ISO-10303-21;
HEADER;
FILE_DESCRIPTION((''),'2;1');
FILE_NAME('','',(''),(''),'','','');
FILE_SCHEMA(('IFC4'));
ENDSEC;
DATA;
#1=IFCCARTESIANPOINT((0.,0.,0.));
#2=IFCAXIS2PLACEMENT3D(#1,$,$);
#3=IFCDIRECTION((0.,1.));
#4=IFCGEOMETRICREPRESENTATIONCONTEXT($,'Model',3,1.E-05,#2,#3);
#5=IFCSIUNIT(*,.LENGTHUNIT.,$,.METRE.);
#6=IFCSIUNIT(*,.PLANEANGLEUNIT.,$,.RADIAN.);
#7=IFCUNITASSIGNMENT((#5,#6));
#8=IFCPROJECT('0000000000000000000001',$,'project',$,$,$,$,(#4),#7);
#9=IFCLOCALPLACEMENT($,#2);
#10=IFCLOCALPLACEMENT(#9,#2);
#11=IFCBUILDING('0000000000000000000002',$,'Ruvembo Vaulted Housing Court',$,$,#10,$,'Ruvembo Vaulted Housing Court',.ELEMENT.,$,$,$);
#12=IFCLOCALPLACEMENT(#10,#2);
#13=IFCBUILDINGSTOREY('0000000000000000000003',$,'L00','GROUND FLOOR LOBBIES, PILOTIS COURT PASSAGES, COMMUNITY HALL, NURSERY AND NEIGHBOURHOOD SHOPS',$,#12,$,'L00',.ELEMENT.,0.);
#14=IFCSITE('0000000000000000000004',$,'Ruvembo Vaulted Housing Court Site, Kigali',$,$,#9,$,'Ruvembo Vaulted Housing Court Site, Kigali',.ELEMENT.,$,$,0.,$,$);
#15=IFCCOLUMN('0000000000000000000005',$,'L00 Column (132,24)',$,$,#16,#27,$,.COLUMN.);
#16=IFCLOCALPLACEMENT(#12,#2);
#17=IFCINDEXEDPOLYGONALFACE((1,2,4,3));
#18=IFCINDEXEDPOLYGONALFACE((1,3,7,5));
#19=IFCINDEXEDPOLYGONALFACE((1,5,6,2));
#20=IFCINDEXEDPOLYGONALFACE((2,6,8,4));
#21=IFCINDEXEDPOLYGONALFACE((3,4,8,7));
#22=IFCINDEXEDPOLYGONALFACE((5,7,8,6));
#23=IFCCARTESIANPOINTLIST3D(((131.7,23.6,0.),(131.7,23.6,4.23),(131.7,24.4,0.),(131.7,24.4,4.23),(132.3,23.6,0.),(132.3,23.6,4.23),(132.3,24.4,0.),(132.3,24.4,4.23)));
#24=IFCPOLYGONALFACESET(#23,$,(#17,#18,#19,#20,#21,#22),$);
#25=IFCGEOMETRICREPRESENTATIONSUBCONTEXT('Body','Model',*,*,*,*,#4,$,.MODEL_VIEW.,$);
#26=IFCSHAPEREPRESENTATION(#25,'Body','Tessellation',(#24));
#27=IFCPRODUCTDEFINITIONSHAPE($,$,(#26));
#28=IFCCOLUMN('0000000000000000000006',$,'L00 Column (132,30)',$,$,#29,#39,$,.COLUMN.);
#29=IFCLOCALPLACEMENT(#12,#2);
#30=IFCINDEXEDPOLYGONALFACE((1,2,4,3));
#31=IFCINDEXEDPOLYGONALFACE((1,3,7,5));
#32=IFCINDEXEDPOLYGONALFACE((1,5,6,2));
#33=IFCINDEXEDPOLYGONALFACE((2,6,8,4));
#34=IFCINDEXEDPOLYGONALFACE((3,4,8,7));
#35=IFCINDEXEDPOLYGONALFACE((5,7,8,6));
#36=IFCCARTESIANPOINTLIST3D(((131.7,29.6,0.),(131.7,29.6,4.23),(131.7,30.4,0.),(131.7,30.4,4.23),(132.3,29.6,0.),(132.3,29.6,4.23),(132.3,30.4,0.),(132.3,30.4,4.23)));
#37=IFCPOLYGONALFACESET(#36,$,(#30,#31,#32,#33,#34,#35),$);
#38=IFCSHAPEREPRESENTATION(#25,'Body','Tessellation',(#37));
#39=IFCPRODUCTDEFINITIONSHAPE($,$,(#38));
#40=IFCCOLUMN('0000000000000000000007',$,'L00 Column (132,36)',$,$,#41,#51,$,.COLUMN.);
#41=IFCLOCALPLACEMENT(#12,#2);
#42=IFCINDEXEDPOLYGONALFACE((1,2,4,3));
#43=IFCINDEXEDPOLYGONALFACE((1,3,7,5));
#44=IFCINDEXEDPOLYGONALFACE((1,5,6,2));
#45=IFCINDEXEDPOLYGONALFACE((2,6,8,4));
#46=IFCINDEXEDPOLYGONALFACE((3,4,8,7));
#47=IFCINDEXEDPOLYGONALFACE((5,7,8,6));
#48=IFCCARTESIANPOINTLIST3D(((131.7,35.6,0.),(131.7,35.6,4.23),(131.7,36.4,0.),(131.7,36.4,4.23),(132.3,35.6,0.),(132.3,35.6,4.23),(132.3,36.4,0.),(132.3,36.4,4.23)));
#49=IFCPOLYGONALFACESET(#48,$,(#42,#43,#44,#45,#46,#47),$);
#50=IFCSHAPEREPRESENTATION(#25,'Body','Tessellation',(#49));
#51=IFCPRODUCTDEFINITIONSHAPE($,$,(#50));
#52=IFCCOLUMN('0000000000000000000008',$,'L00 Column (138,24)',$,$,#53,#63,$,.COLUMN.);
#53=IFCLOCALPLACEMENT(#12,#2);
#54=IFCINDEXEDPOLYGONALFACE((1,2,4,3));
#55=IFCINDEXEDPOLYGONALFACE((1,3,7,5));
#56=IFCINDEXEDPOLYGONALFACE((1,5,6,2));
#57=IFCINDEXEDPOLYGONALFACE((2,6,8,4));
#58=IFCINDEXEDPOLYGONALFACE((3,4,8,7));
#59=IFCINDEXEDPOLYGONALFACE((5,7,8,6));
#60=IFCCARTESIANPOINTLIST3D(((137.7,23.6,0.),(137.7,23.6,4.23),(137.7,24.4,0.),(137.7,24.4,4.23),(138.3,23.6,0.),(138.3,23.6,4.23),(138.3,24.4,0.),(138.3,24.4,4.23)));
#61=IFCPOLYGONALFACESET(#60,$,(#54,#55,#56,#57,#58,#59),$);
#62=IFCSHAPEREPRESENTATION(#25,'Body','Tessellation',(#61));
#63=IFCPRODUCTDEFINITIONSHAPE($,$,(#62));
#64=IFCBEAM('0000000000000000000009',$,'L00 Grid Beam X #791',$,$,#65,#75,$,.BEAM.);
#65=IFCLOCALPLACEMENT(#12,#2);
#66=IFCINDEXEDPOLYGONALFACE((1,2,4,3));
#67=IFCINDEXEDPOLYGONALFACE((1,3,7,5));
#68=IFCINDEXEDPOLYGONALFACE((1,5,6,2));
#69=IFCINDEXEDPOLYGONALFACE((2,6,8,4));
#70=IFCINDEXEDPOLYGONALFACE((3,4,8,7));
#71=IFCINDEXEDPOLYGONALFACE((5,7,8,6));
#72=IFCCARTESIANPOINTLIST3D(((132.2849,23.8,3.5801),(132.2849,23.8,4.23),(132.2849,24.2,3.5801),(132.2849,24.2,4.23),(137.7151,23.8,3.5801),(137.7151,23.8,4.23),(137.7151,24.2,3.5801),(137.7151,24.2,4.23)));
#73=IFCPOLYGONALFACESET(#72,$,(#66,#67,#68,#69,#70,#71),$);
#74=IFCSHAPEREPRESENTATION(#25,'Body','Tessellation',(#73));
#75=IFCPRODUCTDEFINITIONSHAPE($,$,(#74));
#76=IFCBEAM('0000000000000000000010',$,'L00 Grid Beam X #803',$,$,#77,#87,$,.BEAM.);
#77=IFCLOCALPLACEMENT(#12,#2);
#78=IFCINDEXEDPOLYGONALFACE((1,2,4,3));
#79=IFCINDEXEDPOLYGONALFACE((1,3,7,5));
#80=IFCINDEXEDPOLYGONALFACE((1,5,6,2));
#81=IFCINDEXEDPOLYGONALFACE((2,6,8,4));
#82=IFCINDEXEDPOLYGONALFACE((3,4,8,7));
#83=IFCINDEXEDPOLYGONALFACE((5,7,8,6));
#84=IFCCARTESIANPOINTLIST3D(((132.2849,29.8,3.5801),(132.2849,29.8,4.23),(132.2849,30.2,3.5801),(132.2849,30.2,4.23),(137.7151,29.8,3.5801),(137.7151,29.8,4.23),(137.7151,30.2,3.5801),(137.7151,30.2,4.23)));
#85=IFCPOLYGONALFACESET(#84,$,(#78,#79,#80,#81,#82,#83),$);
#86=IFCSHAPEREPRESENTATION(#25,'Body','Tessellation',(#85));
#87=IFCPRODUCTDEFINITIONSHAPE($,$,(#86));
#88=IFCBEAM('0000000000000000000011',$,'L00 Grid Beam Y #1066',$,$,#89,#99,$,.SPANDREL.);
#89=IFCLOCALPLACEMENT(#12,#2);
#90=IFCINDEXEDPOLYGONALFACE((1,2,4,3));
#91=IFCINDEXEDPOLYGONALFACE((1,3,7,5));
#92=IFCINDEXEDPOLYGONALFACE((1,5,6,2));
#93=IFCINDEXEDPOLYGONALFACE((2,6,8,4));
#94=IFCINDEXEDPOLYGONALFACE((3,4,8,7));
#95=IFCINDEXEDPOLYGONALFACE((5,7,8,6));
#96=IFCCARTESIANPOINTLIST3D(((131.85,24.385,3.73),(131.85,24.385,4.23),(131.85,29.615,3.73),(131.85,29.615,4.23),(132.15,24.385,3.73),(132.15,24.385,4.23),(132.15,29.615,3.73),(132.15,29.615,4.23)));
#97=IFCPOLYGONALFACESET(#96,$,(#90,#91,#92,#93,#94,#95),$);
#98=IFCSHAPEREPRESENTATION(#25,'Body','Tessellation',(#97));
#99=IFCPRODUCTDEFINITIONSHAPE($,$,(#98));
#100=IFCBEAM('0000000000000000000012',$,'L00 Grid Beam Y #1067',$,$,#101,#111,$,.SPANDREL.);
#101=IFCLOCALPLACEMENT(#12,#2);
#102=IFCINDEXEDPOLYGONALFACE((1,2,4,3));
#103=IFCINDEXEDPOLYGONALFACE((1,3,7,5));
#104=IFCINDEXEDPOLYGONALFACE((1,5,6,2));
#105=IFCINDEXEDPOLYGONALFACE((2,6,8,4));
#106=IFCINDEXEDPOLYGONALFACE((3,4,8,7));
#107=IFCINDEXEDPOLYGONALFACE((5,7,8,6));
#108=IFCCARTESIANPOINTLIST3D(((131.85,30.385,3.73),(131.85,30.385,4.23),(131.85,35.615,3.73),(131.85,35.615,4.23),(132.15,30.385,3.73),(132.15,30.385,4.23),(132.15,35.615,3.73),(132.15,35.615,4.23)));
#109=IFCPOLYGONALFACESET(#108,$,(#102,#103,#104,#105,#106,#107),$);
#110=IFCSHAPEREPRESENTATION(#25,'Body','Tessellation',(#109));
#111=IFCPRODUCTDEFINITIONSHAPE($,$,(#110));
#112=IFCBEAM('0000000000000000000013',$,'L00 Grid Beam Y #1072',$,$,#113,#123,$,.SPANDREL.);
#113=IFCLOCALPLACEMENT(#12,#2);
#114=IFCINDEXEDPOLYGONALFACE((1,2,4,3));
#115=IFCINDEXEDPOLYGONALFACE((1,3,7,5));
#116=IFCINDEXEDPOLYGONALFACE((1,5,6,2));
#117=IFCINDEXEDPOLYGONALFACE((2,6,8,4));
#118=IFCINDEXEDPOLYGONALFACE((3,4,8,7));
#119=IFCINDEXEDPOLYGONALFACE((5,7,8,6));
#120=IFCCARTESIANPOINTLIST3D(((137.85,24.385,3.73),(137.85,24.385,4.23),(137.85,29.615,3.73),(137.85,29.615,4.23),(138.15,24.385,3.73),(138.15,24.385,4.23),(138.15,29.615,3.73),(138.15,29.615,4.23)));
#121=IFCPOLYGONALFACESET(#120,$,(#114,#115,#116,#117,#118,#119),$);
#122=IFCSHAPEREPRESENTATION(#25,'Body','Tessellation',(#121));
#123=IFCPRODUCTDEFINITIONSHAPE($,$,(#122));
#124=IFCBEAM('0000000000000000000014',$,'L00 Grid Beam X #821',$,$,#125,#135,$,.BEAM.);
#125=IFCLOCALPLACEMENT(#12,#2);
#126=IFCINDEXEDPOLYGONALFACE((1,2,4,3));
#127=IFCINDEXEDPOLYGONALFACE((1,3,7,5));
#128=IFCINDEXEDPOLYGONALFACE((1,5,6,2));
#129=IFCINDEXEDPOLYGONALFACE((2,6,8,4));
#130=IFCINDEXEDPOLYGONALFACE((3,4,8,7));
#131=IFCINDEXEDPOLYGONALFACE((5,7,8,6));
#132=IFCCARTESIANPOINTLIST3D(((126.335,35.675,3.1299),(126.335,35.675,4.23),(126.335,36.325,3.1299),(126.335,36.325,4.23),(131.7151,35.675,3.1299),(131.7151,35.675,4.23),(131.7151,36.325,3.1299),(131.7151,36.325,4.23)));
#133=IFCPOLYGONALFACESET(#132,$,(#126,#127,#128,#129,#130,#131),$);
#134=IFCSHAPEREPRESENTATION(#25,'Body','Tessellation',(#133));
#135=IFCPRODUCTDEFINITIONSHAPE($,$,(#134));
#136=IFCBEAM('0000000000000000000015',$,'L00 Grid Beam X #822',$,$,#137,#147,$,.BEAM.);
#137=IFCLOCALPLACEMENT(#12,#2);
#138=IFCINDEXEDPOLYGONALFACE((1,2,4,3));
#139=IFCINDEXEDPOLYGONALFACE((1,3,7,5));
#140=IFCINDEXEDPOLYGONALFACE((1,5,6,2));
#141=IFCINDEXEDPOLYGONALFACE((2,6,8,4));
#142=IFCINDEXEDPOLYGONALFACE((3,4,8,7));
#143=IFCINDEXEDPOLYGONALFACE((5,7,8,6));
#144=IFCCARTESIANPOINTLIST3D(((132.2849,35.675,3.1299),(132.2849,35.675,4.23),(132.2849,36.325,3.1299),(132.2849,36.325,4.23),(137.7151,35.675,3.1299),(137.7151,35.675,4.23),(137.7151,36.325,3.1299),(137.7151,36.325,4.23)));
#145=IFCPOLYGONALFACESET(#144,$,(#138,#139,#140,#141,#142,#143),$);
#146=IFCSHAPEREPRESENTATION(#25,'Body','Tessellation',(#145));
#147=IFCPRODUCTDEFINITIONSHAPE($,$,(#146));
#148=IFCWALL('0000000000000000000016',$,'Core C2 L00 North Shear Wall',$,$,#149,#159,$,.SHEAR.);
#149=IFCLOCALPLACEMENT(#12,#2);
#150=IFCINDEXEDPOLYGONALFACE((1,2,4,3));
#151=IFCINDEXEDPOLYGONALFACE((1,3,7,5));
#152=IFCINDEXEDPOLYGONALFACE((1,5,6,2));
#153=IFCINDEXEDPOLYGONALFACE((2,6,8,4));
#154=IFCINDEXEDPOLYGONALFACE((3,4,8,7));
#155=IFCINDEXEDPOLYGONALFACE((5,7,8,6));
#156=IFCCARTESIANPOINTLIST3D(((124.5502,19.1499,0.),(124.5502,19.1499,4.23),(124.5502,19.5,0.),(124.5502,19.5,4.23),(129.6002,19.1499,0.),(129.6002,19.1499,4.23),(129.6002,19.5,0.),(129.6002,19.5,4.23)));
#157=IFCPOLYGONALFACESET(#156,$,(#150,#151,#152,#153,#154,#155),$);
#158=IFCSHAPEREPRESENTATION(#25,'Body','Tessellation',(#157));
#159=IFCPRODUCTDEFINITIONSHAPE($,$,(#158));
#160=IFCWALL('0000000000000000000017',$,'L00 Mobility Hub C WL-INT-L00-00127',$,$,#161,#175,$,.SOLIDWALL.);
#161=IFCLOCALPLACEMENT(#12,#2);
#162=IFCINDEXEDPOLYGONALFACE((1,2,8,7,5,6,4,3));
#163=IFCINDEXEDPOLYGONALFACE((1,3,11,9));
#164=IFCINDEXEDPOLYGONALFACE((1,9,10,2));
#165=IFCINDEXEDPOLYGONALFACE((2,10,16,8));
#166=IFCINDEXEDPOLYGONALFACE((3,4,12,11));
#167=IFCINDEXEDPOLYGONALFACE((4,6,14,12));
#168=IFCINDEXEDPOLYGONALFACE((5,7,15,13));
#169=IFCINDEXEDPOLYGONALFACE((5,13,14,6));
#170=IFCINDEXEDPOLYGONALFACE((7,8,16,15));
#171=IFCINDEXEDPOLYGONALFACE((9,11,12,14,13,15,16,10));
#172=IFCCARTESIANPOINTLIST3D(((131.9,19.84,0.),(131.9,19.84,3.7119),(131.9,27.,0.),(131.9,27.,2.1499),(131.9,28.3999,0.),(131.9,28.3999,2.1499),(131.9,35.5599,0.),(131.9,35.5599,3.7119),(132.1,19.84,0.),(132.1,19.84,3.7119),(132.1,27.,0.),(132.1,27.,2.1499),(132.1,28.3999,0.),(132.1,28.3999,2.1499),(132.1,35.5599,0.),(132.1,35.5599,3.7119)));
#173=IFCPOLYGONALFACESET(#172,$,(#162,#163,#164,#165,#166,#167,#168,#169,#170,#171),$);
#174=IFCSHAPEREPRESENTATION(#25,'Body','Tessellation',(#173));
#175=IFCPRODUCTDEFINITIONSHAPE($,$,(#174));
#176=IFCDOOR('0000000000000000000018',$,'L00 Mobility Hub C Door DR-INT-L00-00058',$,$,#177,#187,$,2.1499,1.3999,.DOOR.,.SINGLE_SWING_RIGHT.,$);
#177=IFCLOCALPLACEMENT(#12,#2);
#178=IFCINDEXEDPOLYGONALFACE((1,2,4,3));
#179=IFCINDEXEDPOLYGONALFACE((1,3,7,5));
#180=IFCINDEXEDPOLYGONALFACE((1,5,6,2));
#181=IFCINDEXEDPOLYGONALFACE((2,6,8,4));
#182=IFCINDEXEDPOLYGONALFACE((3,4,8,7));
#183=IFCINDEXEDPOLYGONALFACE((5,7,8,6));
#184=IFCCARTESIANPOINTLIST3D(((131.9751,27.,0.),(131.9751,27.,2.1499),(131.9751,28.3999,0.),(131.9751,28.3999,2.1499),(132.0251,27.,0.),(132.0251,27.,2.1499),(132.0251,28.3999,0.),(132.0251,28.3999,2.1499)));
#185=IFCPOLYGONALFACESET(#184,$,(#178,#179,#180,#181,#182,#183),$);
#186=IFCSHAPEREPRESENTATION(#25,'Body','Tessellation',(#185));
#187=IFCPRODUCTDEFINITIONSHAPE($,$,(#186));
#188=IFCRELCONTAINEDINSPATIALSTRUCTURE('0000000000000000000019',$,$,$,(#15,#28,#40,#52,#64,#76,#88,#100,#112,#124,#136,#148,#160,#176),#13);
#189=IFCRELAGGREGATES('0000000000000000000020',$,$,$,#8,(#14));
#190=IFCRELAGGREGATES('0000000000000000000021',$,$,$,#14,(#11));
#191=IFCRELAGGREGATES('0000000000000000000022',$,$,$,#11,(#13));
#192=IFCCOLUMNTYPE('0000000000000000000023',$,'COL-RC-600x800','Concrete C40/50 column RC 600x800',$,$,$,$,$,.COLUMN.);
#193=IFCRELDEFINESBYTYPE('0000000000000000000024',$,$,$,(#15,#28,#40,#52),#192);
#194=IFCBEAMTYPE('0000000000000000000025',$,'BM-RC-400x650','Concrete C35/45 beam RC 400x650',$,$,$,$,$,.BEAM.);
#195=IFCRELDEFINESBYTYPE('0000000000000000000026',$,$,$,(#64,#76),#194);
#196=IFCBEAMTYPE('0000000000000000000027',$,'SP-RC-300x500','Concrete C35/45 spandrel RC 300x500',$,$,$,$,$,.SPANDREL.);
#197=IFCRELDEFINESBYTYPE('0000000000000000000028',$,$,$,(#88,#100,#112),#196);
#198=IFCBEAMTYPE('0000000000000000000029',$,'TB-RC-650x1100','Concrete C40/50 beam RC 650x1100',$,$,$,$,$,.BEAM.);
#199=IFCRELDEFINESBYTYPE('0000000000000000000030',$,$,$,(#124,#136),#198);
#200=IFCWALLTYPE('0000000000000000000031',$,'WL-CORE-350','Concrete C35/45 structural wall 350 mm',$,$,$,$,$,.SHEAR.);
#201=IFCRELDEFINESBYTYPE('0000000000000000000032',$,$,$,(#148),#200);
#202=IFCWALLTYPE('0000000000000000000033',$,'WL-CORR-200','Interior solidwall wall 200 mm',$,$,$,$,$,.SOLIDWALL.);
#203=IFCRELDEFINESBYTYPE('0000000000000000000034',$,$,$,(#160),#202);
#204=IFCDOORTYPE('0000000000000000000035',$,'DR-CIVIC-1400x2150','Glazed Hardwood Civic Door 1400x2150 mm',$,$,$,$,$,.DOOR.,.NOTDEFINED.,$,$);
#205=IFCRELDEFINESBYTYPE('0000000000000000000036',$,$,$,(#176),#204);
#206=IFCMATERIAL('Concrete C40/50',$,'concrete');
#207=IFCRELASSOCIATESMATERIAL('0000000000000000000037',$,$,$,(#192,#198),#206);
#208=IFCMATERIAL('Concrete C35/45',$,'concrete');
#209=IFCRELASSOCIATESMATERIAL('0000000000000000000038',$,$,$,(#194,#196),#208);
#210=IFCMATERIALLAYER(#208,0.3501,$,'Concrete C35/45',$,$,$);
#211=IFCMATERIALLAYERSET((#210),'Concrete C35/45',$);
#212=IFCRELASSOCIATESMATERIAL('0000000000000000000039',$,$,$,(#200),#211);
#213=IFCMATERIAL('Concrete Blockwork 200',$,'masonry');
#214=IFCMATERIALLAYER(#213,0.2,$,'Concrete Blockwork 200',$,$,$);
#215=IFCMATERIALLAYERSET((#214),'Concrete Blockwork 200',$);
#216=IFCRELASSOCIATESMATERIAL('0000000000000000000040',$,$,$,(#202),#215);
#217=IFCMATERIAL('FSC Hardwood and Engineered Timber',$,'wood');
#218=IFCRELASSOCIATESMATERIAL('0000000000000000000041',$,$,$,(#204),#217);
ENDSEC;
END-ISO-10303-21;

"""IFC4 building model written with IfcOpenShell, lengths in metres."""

from ifc_helpers import new_model, si_unit, direction, frame, frame_2d, origin, origin_2d, place, context, subcontext, project, spatial, rectangle, extrude, material, layer, layer_set, material_profile, profile_set, type_object, element, fill, save


model = new_model("IFC4")

# Units and contexts
model_context = context("Model", 3, precision=1e-05, world=origin(), true_north=direction((0.0, 1.0)))
body_context = subcontext(model_context, "Body", "Model", "MODEL_VIEW")
ifc_project = project(units=[si_unit("LENGTHUNIT", "METRE"), si_unit("PLANEANGLEUNIT", "RADIAN")], contexts=[model_context])

# Site, building, storey
site_placement = place(None, origin())
site = spatial("IfcSite", under=ifc_project, at=site_placement, Name="Ruvembo Vaulted Housing Court Site, Kigali", LongName="Ruvembo Vaulted Housing Court Site, Kigali", CompositionType="ELEMENT", RefElevation=0.0)
building_placement = place(site_placement, origin())
building = spatial("IfcBuilding", under=site, at=building_placement, Name="Ruvembo Vaulted Housing Court", LongName="Ruvembo Vaulted Housing Court", CompositionType="ELEMENT")
storey_placement = place(building_placement, origin())
storey = spatial("IfcBuildingStorey", under=building, at=storey_placement, Name="L00", Description="GROUND FLOOR LOBBIES, PILOTIS COURT PASSAGES, COMMUNITY HALL, NURSERY AND NEIGHBOURHOOD SHOPS", LongName="L00", CompositionType="ELEMENT", Elevation=0.0)

# Columns
ifc_material_1 = material(Name="Concrete C40/50", Category="concrete")
ifc_material_profile_1 = material_profile(ifc_material_1, rectangle(XDim=0.6001, YDim=0.8, at=origin_2d()), Name="RC 600x800")
ifc_profile_set_1 = profile_set([ifc_material_profile_1], Name="Concrete C40/50")
column_type = type_object("IfcColumnType", Name="COL-RC-600x800", Description="Concrete C40/50 column RC 600x800", PredefinedType="COLUMN", material=ifc_profile_set_1)
for number, where, z_axis, x_axis, name in (
    (1, (132.0, 24.0, 0.0), (0.0, 0.0, 1.0), (1.0, 0.0, 0.0), "L00 Column (132,24)"),
    (2, (132.0, 30.0, 0.0), (0.0, 0.0, 1.0), (1.0, 0.0, 0.0), "L00 Column (132,30)"),
    (3, (132.0, 36.0, 0.0), (0.0, 0.0, 1.0), (1.0, 0.0, 0.0), "L00 Column (132,36)"),
    (4, (138.0, 24.0, 0.0), (0.0, 0.0, 1.0), (1.0, 0.0, 0.0), "L00 Column (138,24)"),
):
    element("IfcColumn", number, at=place(storey_placement, frame(where, z_axis=z_axis, x_axis=x_axis)), inside=storey, type_object=column_type, Name=name, PredefinedType="COLUMN", context=body_context, shape_type="SweptSolid", body=[
        extrude(rectangle(XDim=0.6001, YDim=0.8, at=origin_2d()), origin(), (0.0, 0.0, 1.0), 4.23),
    ])

# Beams
ifc_material_2 = material(Name="Concrete C35/45", Category="concrete")
ifc_material_profile_2 = material_profile(ifc_material_2, rectangle(XDim=0.3999, YDim=0.6499, at=origin_2d()), Name="RC 400x650")
ifc_profile_set_2 = profile_set([ifc_material_profile_2], Name="Concrete C35/45")
beam_type_1 = type_object("IfcBeamType", Name="BM-RC-400x650", Description="Concrete C35/45 beam RC 400x650", PredefinedType="BEAM", material=ifc_profile_set_2)
for number, where, z_axis, x_axis, name in (
    (5, (132.2849, 24.0, 3.905), (1.0, 0.0, 0.0), (0.0, 1.0, 0.0), "L00 Grid Beam X #791"),
    (6, (132.2849, 30.0, 3.905), (1.0, 0.0, 0.0), (0.0, 1.0, 0.0), "L00 Grid Beam X #803"),
):
    element("IfcBeam", number, at=place(storey_placement, frame(where, z_axis=z_axis, x_axis=x_axis)), inside=storey, type_object=beam_type_1, Name=name, PredefinedType="BEAM", context=body_context, shape_type="SweptSolid", body=[
        extrude(rectangle(XDim=0.3999, YDim=0.6499, at=origin_2d()), origin(), (0.0, 0.0, 1.0), 5.4302),
    ])
ifc_material_profile_3 = material_profile(ifc_material_2, rectangle(XDim=0.3, YDim=0.5, at=origin_2d()), Name="RC 300x500")
ifc_profile_set_3 = profile_set([ifc_material_profile_3], Name="Concrete C35/45")
beam_type_2 = type_object("IfcBeamType", Name="SP-RC-300x500", Description="Concrete C35/45 spandrel RC 300x500", PredefinedType="SPANDREL", material=ifc_profile_set_3)
for number, where, z_axis, x_axis, name in (
    (7, (132.0, 24.385, 3.98), (0.0, 1.0, 0.0), (-1.0, 0.0, 0.0), "L00 Grid Beam Y #1066"),
    (8, (132.0, 30.385, 3.98), (0.0, 1.0, 0.0), (-1.0, 0.0, 0.0), "L00 Grid Beam Y #1067"),
    (9, (138.0, 24.385, 3.98), (0.0, 1.0, 0.0), (-1.0, 0.0, 0.0), "L00 Grid Beam Y #1072"),
):
    element("IfcBeam", number, at=place(storey_placement, frame(where, z_axis=z_axis, x_axis=x_axis)), inside=storey, type_object=beam_type_2, Name=name, PredefinedType="SPANDREL", context=body_context, shape_type="SweptSolid", body=[
        extrude(rectangle(XDim=0.3, YDim=0.5, at=origin_2d()), origin(), (0.0, 0.0, 1.0), 5.23),
    ])
ifc_material_profile_4 = material_profile(ifc_material_1, rectangle(XDim=0.6499, YDim=1.1001, at=origin_2d()), Name="RC 650x1100")
ifc_profile_set_4 = profile_set([ifc_material_profile_4], Name="Concrete C40/50")
beam_type_3 = type_object("IfcBeamType", Name="TB-RC-650x1100", Description="Concrete C40/50 beam RC 650x1100", PredefinedType="BEAM", material=ifc_profile_set_4)
beam_1_placement = place(storey_placement, frame((126.335, 36.0, 3.6799), z_axis=(1.0, 0.0, 0.0), x_axis=(0.0, 1.0, 0.0)))
element("IfcBeam", 10, at=beam_1_placement, inside=storey, type_object=beam_type_3, Name="L00 Grid Beam X #821", PredefinedType="BEAM", context=body_context, shape_type="SweptSolid", body=[
    extrude(rectangle(XDim=0.6499, YDim=1.1001, at=origin_2d()), origin(), (0.0, 0.0, 1.0), 5.3801),
])
beam_2_placement = place(storey_placement, frame((132.2849, 36.0, 3.6799), z_axis=(1.0, 0.0, 0.0), x_axis=(0.0, 1.0, 0.0)))
element("IfcBeam", 11, at=beam_2_placement, inside=storey, type_object=beam_type_3, Name="L00 Grid Beam X #822", PredefinedType="BEAM", context=body_context, shape_type="SweptSolid", body=[
    extrude(rectangle(XDim=0.6499, YDim=1.1001, at=origin_2d()), origin(), (0.0, 0.0, 1.0), 5.4302),
])

# Wall
ifc_layer_1 = layer(ifc_material_2, 0.3501, Name="Concrete C35/45")
ifc_layer_set_1 = layer_set([ifc_layer_1], Name="Concrete C35/45")
wall_type_1 = type_object("IfcWallType", Name="WL-CORE-350", Description="Concrete C35/45 structural wall 350 mm", PredefinedType="SHEAR", material=ifc_layer_set_1)
wall_1_placement = place(storey_placement, frame((129.6001, 19.325, 0.0), z_axis=(0.0, 0.0, 1.0), x_axis=(-1.0, 0.0, 0.0)))
element("IfcWall", 12, at=wall_1_placement, inside=storey, type_object=wall_type_1, Name="Core C2 L00 North Shear Wall", PredefinedType="SHEAR", context=body_context, shape_type="SweptSolid", body=[
    extrude(rectangle(XDim=5.05, YDim=0.3501, at=frame_2d((2.5249, 0.0))), origin(), (0.0, 0.0, 1.0), 4.23),
])

# Wall, opening, door
ifc_material_3 = material(Name="Concrete Blockwork 200", Category="masonry")
ifc_layer_2 = layer(ifc_material_3, 0.2, Name="Concrete Blockwork 200")
ifc_layer_set_2 = layer_set([ifc_layer_2], Name="Concrete Blockwork 200")
wall_type_2 = type_object("IfcWallType", Name="WL-CORR-200", Description="Interior solidwall wall 200 mm", PredefinedType="SOLIDWALL", material=ifc_layer_set_2)
wall_2_placement = place(storey_placement, frame((132.0, 19.8401, 0.0), z_axis=(0.0, 0.0, 1.0), x_axis=(0.0, 1.0, 0.0)))
wall_2 = element("IfcWall", 13, at=wall_2_placement, inside=storey, type_object=wall_type_2, Name="L00 Mobility Hub C WL-INT-L00-00127", PredefinedType="SOLIDWALL", context=body_context, shape_type="SweptSolid", body=[
    extrude(rectangle(XDim=15.72, YDim=0.2, at=frame_2d((7.8599, 0.0))), origin(), (0.0, 0.0, 1.0), 3.7119),
])
opening_1_placement = place(wall_2_placement, frame((7.1599, 0.0, 0.0)))
opening_1 = element("IfcOpeningElement", 14, at=opening_1_placement, cuts=wall_2, PredefinedType="OPENING", context=body_context, shape_type="SweptSolid", body=[
    extrude(rectangle(XDim=1.3999, YDim=2.1499, at=frame_2d((0.7, 1.075))), frame((0.0, 0.1099, 0.0), z_axis=(0.0, -1.0, 0.0), x_axis=(1.0, 0.0, 0.0)), (0.0, 0.0, 1.0), 0.22),
])
ifc_material_4 = material(Name="FSC Hardwood and Engineered Timber", Category="wood")
door_type_1 = type_object("IfcDoorType", Name="DR-CIVIC-1400x2150", Description="Glazed Hardwood Civic Door 1400x2150 mm", OperationType="NOTDEFINED", PredefinedType="DOOR", material=ifc_material_4)
door_1_placement = place(opening_1_placement, origin())
door_1 = element("IfcDoor", 15, at=door_1_placement, inside=storey, type_object=door_type_1, Name="L00 Mobility Hub C Door DR-INT-L00-00058", OperationType="SINGLE_SWING_RIGHT", OverallHeight=2.1499, OverallWidth=1.3999, PredefinedType="DOOR", context=body_context, shape_type="SweptSolid", body=[
    extrude(rectangle(XDim=1.3999, YDim=2.1499, at=frame_2d((0.7, 1.075))), frame((0.0, 0.0249, 0.0), z_axis=(0.0, -1.0, 0.0), x_axis=(1.0, 0.0, 0.0)), (0.0, 0.0, 1.0), 0.05),
])
fill(opening_1, door_1)

save(model, "model.ifc")
